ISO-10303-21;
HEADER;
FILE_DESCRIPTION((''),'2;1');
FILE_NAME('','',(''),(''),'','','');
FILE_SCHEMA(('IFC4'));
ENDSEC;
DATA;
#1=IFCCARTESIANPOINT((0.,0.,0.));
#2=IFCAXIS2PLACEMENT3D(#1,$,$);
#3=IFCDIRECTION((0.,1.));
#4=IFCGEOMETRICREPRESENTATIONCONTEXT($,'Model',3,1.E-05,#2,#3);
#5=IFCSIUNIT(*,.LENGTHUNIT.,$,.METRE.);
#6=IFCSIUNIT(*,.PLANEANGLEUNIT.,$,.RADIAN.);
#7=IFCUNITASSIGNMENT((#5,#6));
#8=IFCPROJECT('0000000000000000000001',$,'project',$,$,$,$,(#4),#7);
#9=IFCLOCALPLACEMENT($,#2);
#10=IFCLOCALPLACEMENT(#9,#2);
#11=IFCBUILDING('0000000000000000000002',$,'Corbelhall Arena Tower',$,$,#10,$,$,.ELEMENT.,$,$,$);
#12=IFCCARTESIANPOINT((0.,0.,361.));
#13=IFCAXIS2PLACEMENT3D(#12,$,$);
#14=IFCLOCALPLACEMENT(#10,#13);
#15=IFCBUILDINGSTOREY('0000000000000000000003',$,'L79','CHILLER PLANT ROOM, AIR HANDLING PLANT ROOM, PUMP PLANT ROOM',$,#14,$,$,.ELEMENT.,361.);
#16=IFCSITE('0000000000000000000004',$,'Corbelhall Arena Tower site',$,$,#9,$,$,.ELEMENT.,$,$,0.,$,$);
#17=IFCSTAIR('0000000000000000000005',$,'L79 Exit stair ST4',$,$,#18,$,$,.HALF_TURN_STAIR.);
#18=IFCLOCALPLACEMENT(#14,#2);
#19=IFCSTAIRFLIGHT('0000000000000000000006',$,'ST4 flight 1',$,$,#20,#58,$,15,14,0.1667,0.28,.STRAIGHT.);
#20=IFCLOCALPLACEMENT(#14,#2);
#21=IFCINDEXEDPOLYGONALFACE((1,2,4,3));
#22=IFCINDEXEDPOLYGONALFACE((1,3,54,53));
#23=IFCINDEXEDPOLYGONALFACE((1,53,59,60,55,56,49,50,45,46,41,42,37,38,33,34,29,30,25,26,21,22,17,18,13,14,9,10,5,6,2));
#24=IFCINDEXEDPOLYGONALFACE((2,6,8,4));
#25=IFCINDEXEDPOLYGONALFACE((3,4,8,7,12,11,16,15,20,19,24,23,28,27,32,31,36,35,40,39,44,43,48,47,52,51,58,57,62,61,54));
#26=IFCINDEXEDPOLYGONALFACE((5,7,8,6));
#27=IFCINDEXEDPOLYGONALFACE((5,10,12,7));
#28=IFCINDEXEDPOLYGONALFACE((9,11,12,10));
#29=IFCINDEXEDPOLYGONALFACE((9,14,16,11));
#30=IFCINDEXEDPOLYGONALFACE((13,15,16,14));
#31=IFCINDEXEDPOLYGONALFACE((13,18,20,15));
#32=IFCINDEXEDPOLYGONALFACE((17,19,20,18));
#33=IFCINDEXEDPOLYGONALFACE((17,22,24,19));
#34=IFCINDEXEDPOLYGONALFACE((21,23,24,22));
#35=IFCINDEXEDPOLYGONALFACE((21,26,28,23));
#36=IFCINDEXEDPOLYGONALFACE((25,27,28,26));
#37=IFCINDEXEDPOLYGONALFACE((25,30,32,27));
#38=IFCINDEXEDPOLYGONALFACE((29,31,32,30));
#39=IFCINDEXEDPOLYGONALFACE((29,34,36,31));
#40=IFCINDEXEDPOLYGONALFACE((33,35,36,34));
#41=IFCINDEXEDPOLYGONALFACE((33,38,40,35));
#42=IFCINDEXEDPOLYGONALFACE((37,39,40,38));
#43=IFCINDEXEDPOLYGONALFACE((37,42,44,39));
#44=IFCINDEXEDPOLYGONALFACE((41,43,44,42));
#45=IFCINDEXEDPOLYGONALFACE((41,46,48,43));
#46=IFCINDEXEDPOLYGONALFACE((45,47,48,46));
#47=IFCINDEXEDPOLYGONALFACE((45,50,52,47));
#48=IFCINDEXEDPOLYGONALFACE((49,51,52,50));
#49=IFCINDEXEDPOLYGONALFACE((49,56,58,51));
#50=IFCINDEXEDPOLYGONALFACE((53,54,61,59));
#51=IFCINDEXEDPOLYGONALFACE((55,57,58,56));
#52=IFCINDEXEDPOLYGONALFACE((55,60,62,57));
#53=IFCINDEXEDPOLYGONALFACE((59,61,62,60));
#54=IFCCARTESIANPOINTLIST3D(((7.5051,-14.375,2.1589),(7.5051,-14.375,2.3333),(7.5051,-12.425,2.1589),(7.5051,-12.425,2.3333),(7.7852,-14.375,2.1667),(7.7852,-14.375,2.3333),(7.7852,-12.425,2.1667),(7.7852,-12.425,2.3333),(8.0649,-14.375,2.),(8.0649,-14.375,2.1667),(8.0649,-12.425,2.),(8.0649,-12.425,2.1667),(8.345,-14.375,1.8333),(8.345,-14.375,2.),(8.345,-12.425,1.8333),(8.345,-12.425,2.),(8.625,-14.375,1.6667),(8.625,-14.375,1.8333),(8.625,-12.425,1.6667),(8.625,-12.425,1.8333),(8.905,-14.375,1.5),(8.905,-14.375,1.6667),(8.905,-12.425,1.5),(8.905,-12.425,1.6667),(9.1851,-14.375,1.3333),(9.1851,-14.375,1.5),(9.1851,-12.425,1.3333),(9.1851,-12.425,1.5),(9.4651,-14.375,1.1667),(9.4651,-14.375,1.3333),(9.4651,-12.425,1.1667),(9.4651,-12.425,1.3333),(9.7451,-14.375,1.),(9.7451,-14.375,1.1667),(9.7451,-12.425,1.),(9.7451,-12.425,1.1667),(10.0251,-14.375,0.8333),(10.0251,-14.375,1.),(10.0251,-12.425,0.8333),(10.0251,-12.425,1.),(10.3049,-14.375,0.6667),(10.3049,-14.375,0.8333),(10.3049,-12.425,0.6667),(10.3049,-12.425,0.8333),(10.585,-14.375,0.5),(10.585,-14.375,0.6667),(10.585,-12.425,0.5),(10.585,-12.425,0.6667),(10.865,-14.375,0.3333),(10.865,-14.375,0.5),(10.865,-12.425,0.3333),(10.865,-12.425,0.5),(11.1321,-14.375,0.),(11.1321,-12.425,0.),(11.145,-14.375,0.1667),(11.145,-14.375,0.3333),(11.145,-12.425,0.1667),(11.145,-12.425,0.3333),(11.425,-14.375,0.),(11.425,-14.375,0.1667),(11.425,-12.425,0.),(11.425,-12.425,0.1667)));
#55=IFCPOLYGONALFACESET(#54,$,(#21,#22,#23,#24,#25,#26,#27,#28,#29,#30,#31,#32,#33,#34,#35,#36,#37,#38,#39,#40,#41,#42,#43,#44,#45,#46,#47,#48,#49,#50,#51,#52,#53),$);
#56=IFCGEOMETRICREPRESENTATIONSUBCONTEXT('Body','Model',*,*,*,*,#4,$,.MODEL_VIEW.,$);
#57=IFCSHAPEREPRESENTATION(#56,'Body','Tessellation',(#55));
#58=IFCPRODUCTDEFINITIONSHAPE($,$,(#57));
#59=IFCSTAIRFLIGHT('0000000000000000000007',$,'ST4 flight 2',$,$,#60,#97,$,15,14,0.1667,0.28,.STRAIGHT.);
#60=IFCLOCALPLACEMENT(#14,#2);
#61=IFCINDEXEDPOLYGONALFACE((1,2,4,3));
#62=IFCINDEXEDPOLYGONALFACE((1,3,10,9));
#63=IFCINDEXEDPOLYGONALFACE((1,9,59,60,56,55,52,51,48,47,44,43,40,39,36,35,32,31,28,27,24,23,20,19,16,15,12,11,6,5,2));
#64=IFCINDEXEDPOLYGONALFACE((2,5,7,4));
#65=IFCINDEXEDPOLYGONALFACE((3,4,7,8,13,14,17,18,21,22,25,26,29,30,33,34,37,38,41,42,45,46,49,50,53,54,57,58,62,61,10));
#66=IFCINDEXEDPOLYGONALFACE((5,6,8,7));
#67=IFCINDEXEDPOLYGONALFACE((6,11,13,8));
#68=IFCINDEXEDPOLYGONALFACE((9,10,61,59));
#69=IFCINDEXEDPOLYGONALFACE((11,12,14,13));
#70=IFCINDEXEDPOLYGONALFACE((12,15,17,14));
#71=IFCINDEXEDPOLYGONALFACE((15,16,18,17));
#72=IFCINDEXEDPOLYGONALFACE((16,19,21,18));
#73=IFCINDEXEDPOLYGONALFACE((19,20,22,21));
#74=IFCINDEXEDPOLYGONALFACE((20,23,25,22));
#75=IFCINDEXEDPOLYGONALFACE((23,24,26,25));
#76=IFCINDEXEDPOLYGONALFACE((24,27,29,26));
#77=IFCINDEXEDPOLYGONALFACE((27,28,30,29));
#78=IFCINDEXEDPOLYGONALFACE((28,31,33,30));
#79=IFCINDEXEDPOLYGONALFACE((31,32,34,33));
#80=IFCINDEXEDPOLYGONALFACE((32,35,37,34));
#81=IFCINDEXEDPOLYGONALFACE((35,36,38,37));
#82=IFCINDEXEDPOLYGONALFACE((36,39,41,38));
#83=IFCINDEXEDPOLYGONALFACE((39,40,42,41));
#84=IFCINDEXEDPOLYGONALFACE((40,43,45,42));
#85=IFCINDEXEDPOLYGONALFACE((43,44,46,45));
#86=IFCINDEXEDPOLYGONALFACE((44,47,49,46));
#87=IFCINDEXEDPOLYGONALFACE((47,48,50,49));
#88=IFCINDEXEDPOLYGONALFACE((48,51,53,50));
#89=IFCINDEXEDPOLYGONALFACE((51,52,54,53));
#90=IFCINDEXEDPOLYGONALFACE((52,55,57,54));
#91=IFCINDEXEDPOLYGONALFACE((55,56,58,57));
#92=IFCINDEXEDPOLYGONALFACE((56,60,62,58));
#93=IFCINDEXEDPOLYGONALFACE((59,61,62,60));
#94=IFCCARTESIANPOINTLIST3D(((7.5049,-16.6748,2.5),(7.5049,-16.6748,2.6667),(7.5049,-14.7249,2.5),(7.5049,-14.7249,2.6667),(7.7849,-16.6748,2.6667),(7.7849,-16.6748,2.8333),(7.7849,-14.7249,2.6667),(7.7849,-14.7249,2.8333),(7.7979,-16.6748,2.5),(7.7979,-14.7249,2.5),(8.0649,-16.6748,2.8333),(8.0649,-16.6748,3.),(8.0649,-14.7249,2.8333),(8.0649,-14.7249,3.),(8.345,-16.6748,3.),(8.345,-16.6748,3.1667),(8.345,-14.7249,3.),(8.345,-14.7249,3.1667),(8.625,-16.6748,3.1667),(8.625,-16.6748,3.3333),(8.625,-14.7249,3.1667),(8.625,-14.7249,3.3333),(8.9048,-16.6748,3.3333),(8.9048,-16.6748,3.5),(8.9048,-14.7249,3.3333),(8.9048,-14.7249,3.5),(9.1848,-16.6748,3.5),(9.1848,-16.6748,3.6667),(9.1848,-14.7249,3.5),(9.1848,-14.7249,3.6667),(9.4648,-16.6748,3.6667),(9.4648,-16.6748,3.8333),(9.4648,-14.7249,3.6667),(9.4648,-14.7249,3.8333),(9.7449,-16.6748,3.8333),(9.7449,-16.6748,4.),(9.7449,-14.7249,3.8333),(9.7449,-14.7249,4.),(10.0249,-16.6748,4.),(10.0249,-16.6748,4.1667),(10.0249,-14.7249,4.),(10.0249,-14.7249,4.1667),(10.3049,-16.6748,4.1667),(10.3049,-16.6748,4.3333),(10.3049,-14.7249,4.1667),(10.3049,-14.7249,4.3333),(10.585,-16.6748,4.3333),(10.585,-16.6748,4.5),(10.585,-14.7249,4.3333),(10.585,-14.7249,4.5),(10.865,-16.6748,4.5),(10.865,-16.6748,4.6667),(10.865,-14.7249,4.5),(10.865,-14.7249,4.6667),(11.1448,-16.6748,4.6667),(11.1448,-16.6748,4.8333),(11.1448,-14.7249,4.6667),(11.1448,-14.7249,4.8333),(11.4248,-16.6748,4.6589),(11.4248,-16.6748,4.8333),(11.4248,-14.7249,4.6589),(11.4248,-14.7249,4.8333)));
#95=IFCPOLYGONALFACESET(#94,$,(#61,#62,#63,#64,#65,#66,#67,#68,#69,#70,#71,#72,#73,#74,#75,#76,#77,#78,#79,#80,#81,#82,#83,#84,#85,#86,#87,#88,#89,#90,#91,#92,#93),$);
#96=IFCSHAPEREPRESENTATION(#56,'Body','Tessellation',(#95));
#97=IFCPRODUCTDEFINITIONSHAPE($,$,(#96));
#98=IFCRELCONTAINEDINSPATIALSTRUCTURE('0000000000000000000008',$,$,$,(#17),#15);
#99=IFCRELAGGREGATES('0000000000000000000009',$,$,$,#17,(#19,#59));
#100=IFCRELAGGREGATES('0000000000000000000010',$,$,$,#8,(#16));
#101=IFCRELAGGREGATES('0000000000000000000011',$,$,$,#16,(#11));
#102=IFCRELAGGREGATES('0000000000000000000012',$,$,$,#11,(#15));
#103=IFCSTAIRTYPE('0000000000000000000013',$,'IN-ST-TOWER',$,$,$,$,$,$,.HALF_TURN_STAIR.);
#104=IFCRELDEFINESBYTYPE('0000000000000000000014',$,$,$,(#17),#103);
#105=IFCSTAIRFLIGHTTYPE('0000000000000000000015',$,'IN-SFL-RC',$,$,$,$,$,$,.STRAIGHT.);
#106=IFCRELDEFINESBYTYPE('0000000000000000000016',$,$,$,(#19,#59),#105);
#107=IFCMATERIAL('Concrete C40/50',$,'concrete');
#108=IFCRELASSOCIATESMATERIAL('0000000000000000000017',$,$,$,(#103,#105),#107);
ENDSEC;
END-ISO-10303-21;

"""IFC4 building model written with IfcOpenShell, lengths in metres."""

from ifc_helpers import new_model, si_unit, direction, frame, origin, place, context, subcontext, project, spatial, polyline, outline, extrude, material, type_object, element, aggregate, save


model = new_model("IFC4")

# Units and contexts
model_context = context("Model", 3, precision=1e-05, world=origin(), true_north=direction((0.0, 1.0)))
body_context = subcontext(model_context, "Body", "Model", "MODEL_VIEW")
ifc_project = project(units=[si_unit("LENGTHUNIT", "METRE"), si_unit("PLANEANGLEUNIT", "RADIAN")], contexts=[model_context])

# Site, building, storey
site_placement = place(None, origin())
site = spatial("IfcSite", under=ifc_project, at=site_placement, Name="Corbelhall Arena Tower site", CompositionType="ELEMENT", RefElevation=0.0)
building_placement = place(site_placement, origin())
building = spatial("IfcBuilding", under=site, at=building_placement, Name="Corbelhall Arena Tower", CompositionType="ELEMENT")
storey_placement = place(building_placement, frame((0.0, 0.0, 361.0)))
storey = spatial("IfcBuildingStorey", under=building, at=storey_placement, Name="L79", Description="CHILLER PLANT ROOM, AIR HANDLING PLANT ROOM, PUMP PLANT ROOM", CompositionType="ELEMENT", Elevation=361.0)

# Shared definitions
ifc_material_1 = material(Name="Concrete C40/50", Category="concrete")

# Stair, stair flights
stair_type = type_object("IfcStairType", Name="IN-ST-TOWER", PredefinedType="HALF_TURN_STAIR", material=ifc_material_1)
stair_placement = place(storey_placement, origin())
stair = element("IfcStair", 1, at=stair_placement, inside=storey, type_object=stair_type, Name="L79 Exit stair ST4", PredefinedType="HALF_TURN_STAIR")
stair_flight_type = type_object("IfcStairFlightType", Name="IN-SFL-RC", PredefinedType="STRAIGHT", material=ifc_material_1)
stair_flight_1_placement = place(storey_placement, frame((11.425, -13.3999, 0.0), z_axis=(0.0, 0.0, 1.0), x_axis=(-1.0, 0.0, 0.0)))
stair_flight_1 = element("IfcStairFlight", 2, at=stair_flight_1_placement, type_object=stair_flight_type, Name="ST4 flight 1", NumberOfRisers=15, NumberOfTreads=14, PredefinedType="STRAIGHT", RiserHeight=0.1667, TreadLength=0.28, context=body_context, shape_type="SweptSolid", body=[
    extrude(outline(polyline([(0.0, 0.0), (0.0, 0.1667), (0.28, 0.1667), (0.28, 0.3333), (0.5601, 0.3333), (0.5601, 0.5), (0.8401, 0.5), (0.8401, 0.6667), (1.1201, 0.6667), (1.1201, 0.8333), (1.3999, 0.8333), (1.3999, 1.0), (1.6799, 1.0), (1.6799, 1.1667), (1.96, 1.1667), (1.96, 1.3333), (2.24, 1.3333), (2.24, 1.5), (2.52, 1.5), (2.52, 1.6667), (2.8, 1.6667), (2.8, 1.8333), (3.0801, 1.8333), (3.0801, 2.0), (3.3601, 2.0), (3.3601, 2.1667), (3.6399, 2.1667), (3.6399, 2.3333), (3.9199, 2.3333), (3.9199, 2.5), (3.9199, 2.1589), (0.293, 0.0), (0.0, 0.0)])), frame((0.0, 0.9751, 0.0), z_axis=(0.0, -1.0, 0.0), x_axis=(1.0, 0.0, 0.0)), (0.0, 0.0, 1.0), 1.95),
])
stair_flight_2_placement = place(storey_placement, frame((7.5049, -15.7, 2.5), z_axis=(0.0, 0.0, 1.0), x_axis=(1.0, 0.0, 0.0)))
stair_flight_2 = element("IfcStairFlight", 3, at=stair_flight_2_placement, type_object=stair_flight_type, Name="ST4 flight 2", NumberOfRisers=15, NumberOfTreads=14, PredefinedType="STRAIGHT", RiserHeight=0.1667, TreadLength=0.28, context=body_context, shape_type="SweptSolid", body=[
    extrude(outline(polyline([(0.0, 0.0), (0.0, 0.1667), (0.28, 0.1667), (0.28, 0.3333), (0.5601, 0.3333), (0.5601, 0.5), (0.8401, 0.5), (0.8401, 0.6667), (1.1201, 0.6667), (1.1201, 0.8333), (1.3999, 0.8333), (1.3999, 1.0), (1.6799, 1.0), (1.6799, 1.1667), (1.96, 1.1667), (1.96, 1.3333), (2.24, 1.3333), (2.24, 1.5), (2.52, 1.5), (2.52, 1.6667), (2.8, 1.6667), (2.8, 1.8333), (3.0801, 1.8333), (3.0801, 2.0), (3.3601, 2.0), (3.3601, 2.1667), (3.6399, 2.1667), (3.6399, 2.3333), (3.9199, 2.3333), (3.9199, 2.5), (3.9199, 2.1589), (0.293, 0.0), (0.0, 0.0)])), frame((0.0, 0.9751, 0.0), z_axis=(0.0, -1.0, 0.0), x_axis=(1.0, 0.0, 0.0)), (0.0, 0.0, 1.0), 1.95),
])
aggregate(stair, [stair_flight_1, stair_flight_2])

save(model, "model.ifc")
